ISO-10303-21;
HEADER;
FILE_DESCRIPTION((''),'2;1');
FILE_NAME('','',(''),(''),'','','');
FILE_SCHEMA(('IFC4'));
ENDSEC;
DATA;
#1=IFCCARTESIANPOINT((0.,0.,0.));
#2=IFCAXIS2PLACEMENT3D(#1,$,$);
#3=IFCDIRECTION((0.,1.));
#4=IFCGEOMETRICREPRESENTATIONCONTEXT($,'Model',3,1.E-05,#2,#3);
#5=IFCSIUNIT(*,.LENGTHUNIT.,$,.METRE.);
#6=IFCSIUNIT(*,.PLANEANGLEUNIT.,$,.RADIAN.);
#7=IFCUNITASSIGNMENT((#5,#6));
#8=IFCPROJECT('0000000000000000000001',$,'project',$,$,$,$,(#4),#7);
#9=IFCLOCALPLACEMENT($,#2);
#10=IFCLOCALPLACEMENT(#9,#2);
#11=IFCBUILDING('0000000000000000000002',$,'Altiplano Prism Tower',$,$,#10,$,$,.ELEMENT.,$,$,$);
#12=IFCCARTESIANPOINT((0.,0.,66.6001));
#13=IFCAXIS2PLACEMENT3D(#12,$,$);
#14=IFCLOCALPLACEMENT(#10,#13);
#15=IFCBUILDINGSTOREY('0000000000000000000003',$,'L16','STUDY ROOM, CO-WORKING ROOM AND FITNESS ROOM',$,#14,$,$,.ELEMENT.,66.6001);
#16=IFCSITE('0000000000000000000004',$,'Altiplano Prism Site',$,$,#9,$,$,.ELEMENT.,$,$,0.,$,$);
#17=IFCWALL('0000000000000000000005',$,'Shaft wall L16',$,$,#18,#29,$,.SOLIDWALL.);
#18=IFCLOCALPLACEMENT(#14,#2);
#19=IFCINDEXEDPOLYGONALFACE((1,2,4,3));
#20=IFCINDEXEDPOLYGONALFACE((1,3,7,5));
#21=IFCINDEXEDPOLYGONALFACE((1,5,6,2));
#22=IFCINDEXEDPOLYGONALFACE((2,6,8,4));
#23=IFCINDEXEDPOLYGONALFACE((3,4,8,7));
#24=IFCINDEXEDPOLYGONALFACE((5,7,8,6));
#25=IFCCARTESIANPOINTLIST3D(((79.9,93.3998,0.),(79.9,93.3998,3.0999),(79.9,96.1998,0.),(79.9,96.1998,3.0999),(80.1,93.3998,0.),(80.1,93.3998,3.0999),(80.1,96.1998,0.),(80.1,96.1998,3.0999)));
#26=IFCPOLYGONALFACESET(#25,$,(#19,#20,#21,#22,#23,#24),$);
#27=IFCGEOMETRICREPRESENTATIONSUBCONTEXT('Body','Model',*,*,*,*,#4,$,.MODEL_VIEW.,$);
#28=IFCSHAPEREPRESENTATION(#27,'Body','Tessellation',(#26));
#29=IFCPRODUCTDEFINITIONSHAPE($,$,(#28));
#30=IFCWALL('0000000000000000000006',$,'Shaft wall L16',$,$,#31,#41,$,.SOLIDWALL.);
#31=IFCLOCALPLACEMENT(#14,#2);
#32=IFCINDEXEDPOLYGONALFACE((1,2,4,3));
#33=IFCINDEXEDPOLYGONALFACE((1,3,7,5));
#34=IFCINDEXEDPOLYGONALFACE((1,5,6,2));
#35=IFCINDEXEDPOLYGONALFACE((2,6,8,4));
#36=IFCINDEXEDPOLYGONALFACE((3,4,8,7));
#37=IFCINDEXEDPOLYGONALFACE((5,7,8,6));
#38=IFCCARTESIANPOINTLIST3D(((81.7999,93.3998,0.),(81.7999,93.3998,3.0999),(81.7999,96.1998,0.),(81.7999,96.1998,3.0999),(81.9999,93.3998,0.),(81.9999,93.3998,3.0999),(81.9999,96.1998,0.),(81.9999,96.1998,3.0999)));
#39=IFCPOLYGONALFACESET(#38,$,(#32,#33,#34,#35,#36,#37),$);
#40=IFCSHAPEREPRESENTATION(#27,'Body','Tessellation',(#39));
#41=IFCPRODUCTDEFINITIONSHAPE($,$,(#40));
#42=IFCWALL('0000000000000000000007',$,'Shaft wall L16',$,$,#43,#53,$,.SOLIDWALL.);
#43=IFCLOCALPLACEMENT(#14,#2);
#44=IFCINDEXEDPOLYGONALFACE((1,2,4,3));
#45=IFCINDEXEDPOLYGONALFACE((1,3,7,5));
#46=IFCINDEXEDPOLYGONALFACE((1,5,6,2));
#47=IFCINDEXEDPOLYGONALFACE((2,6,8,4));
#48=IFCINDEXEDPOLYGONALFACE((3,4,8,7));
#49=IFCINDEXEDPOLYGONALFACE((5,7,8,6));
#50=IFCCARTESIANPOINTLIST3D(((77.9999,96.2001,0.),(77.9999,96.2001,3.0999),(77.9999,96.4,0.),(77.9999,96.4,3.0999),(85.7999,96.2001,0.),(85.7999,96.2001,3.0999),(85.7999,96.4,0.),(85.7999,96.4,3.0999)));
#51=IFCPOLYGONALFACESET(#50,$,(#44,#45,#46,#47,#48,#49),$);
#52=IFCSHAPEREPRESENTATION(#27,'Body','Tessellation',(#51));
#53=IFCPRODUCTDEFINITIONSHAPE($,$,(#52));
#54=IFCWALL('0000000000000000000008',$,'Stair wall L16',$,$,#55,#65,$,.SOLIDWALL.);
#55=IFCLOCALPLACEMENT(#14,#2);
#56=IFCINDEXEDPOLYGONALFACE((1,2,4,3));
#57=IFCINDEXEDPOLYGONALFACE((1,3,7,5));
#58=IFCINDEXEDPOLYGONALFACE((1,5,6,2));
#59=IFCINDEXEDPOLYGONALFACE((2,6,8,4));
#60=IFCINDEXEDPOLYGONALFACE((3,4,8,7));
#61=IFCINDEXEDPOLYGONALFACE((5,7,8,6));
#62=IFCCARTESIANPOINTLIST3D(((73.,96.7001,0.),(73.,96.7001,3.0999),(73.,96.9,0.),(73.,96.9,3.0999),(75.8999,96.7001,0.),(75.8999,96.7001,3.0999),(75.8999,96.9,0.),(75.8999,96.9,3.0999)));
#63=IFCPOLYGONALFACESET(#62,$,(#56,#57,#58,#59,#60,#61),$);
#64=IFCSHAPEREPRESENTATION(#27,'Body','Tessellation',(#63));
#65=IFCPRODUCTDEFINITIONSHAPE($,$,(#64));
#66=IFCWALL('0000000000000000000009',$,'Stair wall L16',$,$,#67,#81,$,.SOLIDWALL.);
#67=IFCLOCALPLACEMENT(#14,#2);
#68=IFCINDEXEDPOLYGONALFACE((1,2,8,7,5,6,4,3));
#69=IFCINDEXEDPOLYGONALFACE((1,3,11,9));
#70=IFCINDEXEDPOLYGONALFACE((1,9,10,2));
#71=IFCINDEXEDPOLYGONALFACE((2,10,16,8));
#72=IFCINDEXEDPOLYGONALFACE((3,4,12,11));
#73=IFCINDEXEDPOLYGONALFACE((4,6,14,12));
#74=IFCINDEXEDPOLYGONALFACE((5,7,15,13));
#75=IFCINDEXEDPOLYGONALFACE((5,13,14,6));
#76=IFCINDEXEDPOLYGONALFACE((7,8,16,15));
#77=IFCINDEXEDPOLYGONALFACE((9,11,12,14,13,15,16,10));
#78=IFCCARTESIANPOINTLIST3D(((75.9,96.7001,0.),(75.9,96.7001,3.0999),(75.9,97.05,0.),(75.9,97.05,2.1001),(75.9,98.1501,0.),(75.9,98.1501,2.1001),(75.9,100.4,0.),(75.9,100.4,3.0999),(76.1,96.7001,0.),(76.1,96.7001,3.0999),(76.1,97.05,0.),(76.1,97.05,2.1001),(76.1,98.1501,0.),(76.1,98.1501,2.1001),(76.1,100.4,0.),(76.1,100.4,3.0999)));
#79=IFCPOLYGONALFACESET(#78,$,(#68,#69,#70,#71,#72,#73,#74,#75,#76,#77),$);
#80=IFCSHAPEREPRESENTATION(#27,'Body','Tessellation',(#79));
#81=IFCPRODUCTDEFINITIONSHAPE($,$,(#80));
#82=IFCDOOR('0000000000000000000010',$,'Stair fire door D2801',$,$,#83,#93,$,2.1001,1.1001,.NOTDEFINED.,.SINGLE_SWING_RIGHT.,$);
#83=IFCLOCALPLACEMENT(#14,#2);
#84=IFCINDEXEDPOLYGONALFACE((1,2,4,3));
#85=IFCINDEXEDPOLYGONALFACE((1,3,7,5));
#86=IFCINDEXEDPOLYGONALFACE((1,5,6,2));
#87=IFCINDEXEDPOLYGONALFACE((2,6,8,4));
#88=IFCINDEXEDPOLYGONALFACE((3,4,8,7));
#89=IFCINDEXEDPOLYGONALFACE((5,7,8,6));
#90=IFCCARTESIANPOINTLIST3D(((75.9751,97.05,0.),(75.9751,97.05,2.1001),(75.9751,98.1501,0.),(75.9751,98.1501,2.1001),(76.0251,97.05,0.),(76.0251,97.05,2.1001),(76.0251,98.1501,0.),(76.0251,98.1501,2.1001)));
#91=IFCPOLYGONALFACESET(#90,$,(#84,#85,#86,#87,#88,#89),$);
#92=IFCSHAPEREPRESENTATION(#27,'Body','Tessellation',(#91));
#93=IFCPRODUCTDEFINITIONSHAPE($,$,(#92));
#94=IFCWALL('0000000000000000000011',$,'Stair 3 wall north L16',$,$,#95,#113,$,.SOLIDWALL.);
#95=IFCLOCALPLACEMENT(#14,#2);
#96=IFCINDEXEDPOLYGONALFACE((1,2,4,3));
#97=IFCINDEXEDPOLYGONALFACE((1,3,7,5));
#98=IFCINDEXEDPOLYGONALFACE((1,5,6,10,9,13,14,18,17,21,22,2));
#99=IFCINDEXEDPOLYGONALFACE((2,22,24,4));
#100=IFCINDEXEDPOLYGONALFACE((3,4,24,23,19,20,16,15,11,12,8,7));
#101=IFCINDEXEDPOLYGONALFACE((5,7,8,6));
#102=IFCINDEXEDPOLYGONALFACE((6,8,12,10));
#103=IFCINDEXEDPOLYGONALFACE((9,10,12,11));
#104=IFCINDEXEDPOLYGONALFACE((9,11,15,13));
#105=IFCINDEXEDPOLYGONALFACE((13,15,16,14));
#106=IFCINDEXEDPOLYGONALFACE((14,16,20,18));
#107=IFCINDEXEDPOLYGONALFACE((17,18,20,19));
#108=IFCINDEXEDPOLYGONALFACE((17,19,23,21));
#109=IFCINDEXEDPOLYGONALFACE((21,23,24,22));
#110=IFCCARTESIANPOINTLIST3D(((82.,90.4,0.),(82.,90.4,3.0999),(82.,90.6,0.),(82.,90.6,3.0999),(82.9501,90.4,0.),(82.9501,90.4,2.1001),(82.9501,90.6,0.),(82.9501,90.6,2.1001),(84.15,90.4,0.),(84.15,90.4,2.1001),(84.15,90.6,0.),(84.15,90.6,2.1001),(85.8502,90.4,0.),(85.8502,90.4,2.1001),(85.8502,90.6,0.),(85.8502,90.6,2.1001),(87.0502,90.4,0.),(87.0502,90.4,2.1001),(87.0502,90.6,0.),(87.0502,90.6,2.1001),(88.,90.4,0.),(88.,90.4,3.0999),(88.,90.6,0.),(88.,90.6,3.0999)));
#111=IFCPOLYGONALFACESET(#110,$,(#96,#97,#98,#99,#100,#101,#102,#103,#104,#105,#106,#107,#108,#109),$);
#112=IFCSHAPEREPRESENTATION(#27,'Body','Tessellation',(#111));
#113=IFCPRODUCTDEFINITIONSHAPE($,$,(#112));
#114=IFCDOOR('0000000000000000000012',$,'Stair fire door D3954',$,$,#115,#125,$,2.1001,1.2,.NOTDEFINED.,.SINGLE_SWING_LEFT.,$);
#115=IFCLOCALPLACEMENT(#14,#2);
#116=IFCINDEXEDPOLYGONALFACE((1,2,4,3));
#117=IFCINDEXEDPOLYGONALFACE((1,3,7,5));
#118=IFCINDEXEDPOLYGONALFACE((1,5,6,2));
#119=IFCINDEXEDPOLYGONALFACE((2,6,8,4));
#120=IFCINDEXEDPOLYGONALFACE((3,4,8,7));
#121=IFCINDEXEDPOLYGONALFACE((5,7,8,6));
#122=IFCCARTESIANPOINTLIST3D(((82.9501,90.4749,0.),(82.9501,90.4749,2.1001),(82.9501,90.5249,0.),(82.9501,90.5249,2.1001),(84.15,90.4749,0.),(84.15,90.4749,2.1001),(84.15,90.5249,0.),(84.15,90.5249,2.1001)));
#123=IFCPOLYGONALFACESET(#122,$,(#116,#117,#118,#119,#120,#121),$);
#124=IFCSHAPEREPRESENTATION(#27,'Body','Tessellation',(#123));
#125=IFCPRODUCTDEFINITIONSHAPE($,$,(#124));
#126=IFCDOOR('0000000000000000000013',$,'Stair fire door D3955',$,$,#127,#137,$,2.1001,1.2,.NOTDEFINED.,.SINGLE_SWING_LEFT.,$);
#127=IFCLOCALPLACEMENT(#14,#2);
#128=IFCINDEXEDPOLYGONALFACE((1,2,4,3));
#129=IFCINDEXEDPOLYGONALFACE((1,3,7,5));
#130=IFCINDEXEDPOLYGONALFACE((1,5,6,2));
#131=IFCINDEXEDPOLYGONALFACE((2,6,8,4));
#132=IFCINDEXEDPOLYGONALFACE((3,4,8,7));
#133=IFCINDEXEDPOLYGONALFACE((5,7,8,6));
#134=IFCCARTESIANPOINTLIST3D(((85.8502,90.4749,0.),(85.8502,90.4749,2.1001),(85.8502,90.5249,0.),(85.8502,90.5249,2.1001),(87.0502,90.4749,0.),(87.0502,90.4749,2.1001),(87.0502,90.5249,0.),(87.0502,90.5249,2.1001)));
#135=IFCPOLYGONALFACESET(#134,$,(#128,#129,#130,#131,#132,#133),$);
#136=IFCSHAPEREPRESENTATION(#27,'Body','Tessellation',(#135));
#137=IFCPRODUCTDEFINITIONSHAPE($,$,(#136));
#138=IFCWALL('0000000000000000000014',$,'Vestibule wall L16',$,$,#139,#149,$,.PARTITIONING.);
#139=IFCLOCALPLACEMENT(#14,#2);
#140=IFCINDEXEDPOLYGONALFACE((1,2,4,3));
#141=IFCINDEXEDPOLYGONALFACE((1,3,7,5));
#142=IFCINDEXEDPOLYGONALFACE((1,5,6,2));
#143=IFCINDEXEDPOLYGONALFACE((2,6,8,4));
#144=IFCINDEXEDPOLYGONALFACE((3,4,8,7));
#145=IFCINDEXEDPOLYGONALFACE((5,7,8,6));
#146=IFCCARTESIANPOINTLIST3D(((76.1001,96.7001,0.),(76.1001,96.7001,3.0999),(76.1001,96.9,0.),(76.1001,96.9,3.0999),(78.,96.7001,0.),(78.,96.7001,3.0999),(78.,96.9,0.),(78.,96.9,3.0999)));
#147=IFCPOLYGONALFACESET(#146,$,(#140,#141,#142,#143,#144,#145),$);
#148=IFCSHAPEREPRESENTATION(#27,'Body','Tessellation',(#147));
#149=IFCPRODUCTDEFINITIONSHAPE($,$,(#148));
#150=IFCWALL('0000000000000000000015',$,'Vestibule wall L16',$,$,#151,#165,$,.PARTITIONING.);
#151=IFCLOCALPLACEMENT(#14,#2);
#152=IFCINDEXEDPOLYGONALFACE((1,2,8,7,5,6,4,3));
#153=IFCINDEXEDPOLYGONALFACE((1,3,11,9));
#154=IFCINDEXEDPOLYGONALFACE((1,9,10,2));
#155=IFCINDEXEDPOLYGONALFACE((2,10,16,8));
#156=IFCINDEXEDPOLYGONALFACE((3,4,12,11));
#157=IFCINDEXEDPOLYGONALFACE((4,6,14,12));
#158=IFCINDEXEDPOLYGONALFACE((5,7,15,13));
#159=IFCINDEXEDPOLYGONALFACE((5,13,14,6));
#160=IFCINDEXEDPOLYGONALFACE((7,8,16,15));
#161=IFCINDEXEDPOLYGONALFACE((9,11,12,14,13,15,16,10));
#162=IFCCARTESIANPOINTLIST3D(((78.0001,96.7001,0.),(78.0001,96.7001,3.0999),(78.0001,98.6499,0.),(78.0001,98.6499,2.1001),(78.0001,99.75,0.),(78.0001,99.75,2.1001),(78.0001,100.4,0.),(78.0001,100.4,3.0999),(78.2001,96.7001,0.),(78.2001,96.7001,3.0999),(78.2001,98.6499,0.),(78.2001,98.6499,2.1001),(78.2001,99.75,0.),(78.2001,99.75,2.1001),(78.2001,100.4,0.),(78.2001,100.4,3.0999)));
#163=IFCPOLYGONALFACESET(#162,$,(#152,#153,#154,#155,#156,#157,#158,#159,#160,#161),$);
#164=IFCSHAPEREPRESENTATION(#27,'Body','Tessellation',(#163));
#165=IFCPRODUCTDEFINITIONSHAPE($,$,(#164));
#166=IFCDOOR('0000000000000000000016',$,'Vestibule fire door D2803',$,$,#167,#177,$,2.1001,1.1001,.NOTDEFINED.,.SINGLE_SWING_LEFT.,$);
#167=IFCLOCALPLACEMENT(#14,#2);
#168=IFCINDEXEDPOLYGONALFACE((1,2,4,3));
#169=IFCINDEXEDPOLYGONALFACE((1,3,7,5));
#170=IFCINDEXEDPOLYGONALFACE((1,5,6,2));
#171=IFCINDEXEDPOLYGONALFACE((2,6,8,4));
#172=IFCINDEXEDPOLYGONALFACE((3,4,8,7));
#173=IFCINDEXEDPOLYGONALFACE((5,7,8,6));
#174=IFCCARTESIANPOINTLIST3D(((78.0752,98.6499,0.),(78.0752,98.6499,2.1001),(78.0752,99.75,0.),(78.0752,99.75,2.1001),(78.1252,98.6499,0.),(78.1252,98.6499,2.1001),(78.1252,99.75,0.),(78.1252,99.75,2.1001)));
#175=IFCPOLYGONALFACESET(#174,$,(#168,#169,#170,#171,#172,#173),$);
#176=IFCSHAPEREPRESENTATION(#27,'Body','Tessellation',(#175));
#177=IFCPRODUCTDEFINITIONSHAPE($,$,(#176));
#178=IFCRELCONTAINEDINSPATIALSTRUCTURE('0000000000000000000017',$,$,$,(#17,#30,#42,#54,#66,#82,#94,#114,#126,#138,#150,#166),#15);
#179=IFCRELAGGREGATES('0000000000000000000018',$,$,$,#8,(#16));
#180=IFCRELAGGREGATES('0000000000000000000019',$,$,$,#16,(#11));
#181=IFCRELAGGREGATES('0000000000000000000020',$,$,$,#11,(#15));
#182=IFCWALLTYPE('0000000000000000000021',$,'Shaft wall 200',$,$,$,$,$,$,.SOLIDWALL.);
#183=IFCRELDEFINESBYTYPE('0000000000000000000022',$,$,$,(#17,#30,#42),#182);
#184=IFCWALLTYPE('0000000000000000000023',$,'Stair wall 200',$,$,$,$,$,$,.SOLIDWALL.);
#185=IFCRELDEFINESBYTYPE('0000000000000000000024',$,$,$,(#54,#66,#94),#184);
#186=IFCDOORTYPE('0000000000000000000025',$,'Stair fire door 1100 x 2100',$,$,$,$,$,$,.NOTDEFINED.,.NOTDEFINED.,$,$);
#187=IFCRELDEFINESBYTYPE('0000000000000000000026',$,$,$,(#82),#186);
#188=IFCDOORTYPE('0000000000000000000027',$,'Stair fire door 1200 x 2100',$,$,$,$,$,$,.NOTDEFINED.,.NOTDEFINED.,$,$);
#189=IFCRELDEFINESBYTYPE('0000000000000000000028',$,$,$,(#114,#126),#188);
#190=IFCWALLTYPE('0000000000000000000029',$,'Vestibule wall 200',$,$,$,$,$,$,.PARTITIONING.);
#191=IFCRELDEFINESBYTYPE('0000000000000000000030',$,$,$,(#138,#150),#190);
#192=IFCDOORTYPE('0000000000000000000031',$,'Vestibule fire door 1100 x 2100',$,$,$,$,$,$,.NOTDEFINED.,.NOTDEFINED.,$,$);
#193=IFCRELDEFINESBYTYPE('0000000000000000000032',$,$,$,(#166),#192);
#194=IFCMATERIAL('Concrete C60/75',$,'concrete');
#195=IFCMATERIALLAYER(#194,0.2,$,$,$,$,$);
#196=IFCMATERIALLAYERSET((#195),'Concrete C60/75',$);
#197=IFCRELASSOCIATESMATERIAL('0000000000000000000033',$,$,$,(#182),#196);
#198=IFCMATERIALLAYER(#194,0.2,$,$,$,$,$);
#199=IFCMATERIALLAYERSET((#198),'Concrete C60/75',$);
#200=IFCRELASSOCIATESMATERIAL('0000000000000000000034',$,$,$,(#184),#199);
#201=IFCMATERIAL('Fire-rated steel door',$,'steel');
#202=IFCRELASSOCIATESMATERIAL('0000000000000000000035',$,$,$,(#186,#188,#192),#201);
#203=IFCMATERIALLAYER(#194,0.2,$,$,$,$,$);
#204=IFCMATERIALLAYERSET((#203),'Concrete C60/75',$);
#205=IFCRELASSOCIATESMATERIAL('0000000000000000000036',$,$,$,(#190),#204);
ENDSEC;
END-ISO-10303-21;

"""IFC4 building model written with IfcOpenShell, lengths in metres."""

from ifc_helpers import new_model, si_unit, direction, frame, frame_2d, origin, place, context, subcontext, project, spatial, rectangle, extrude, material, layer, layer_set, type_object, element, fill, save


model = new_model("IFC4")

# Units and contexts
model_context = context("Model", 3, precision=1e-05, world=origin(), true_north=direction((0.0, 1.0)))
body_context = subcontext(model_context, "Body", "Model", "MODEL_VIEW")
ifc_project = project(units=[si_unit("LENGTHUNIT", "METRE"), si_unit("PLANEANGLEUNIT", "RADIAN")], contexts=[model_context])

# Site, building, storey
site_placement = place(None, origin())
site = spatial("IfcSite", under=ifc_project, at=site_placement, Name="Altiplano Prism Site", CompositionType="ELEMENT", RefElevation=0.0)
building_placement = place(site_placement, origin())
building = spatial("IfcBuilding", under=site, at=building_placement, Name="Altiplano Prism Tower", CompositionType="ELEMENT")
storey_placement = place(building_placement, frame((0.0, 0.0, 66.6001)))
storey = spatial("IfcBuildingStorey", under=building, at=storey_placement, Name="L16", Description="STUDY ROOM, CO-WORKING ROOM AND FITNESS ROOM", CompositionType="ELEMENT", Elevation=66.6001)

# Shared definitions
ifc_material_1 = material(Name="Fire-rated steel door", Category="steel")

# Walls
ifc_material_2 = material(Name="Concrete C60/75", Category="concrete")
ifc_layer_1 = layer(ifc_material_2, 0.2)
ifc_layer_set_1 = layer_set([ifc_layer_1], Name="Concrete C60/75")
wall_type_1 = type_object("IfcWallType", Name="Shaft wall 200", PredefinedType="SOLIDWALL", material=ifc_layer_set_1)
for number, where, z_axis, x_axis, name in (
    (1, (80.0, 93.3999, 0.0), (0.0, 0.0, 1.0), (0.0, 1.0, 0.0), "Shaft wall L16"),
    (2, (81.8999, 93.3999, 0.0), (0.0, 0.0, 1.0), (0.0, 1.0, 0.0), "Shaft wall L16"),
):
    element("IfcWall", number, at=place(storey_placement, frame(where, z_axis=z_axis, x_axis=x_axis)), inside=storey, type_object=wall_type_1, Name=name, PredefinedType="SOLIDWALL", context=body_context, shape_type="SweptSolid", body=[
        extrude(rectangle(XDim=2.8, YDim=0.2, at=frame_2d((1.3999, 0.0))), origin(), (0.0, 0.0, 1.0), 3.0999),
    ])
wall_1_placement = place(storey_placement, frame((78.0, 96.3, 0.0), z_axis=(0.0, 0.0, 1.0), x_axis=(1.0, 0.0, 0.0)))
element("IfcWall", 3, at=wall_1_placement, inside=storey, type_object=wall_type_1, Name="Shaft wall L16", PredefinedType="SOLIDWALL", context=body_context, shape_type="SweptSolid", body=[
    extrude(rectangle(XDim=7.8, YDim=0.2, at=frame_2d((3.8999, 0.0))), origin(), (0.0, 0.0, 1.0), 3.0999),
])
ifc_layer_2 = layer(ifc_material_2, 0.2)
ifc_layer_set_2 = layer_set([ifc_layer_2], Name="Concrete C60/75")
wall_type_2 = type_object("IfcWallType", Name="Stair wall 200", PredefinedType="SOLIDWALL", material=ifc_layer_set_2)
wall_2_placement = place(storey_placement, frame((73.0, 96.8, 0.0), z_axis=(0.0, 0.0, 1.0), x_axis=(1.0, 0.0, 0.0)))
element("IfcWall", 4, at=wall_2_placement, inside=storey, type_object=wall_type_2, Name="Stair wall L16", PredefinedType="SOLIDWALL", context=body_context, shape_type="SweptSolid", body=[
    extrude(rectangle(XDim=2.8999, YDim=0.2, at=frame_2d((1.45, 0.0))), origin(), (0.0, 0.0, 1.0), 3.0999),
])

# Wall, opening, door
wall_3_placement = place(storey_placement, frame((76.0, 96.7, 0.0), z_axis=(0.0, 0.0, 1.0), x_axis=(0.0, 1.0, 0.0)))
wall_3 = element("IfcWall", 5, at=wall_3_placement, inside=storey, type_object=wall_type_2, Name="Stair wall L16", PredefinedType="SOLIDWALL", context=body_context, shape_type="SweptSolid", body=[
    extrude(rectangle(XDim=3.7, YDim=0.2, at=frame_2d((1.8501, 0.0))), origin(), (0.0, 0.0, 1.0), 3.0999),
])
opening_1_placement = place(wall_3_placement, frame((0.3501, 0.0, 0.0)))
opening_1 = element("IfcOpeningElement", 6, at=opening_1_placement, cuts=wall_3, PredefinedType="OPENING", context=body_context, shape_type="SweptSolid", body=[
    extrude(rectangle(XDim=1.1001, YDim=2.1001, at=frame_2d((0.55, 1.05))), frame((0.0, 0.1104, 0.0), z_axis=(0.0, -1.0, 0.0), x_axis=(1.0, 0.0, 0.0)), (0.0, 0.0, 1.0), 0.2209),
])
door_type_1 = type_object("IfcDoorType", Name="Stair fire door 1100 x 2100", OperationType="NOTDEFINED", PredefinedType="NOTDEFINED", material=ifc_material_1)
door_1_placement = place(opening_1_placement, origin())
door_1 = element("IfcDoor", 7, at=door_1_placement, inside=storey, type_object=door_type_1, Name="Stair fire door D2801", OperationType="SINGLE_SWING_RIGHT", OverallHeight=2.1001, OverallWidth=1.1001, PredefinedType="NOTDEFINED", context=body_context, shape_type="SweptSolid", body=[
    extrude(rectangle(XDim=1.1001, YDim=2.1001, at=frame_2d((0.55, 1.05))), frame((0.0, 0.0249, 0.0), z_axis=(0.0, -1.0, 0.0), x_axis=(1.0, 0.0, 0.0)), (0.0, 0.0, 1.0), 0.05),
])
fill(opening_1, door_1)

# Wall, openings, doors
wall_4_placement = place(storey_placement, frame((82.0, 90.5, 0.0), z_axis=(0.0, 0.0, 1.0), x_axis=(1.0, 0.0, 0.0)))
wall_4 = element("IfcWall", 8, at=wall_4_placement, inside=storey, type_object=wall_type_2, Name="Stair 3 wall north L16", PredefinedType="SOLIDWALL", context=body_context, shape_type="SweptSolid", body=[
    extrude(rectangle(XDim=6.0, YDim=0.2, at=frame_2d((3.0, 0.0))), origin(), (0.0, 0.0, 1.0), 3.0999),
])
opening_2_placement = place(wall_4_placement, frame((0.95, 0.0, 0.0)))
opening_2 = element("IfcOpeningElement", 9, at=opening_2_placement, cuts=wall_4, PredefinedType="OPENING", context=body_context, shape_type="SweptSolid", body=[
    extrude(rectangle(XDim=1.2, YDim=2.1001, at=frame_2d((0.6001, 1.05))), frame((0.0, 0.1104, 0.0), z_axis=(0.0, -1.0, 0.0), x_axis=(1.0, 0.0, 0.0)), (0.0, 0.0, 1.0), 0.2209),
])
opening_3_placement = place(wall_4_placement, frame((3.8501, 0.0, 0.0)))
opening_3 = element("IfcOpeningElement", 10, at=opening_3_placement, cuts=wall_4, PredefinedType="OPENING", context=body_context, shape_type="SweptSolid", body=[
    extrude(rectangle(XDim=1.2, YDim=2.1001, at=frame_2d((0.6001, 1.05))), frame((0.0, 0.1104, 0.0), z_axis=(0.0, -1.0, 0.0), x_axis=(1.0, 0.0, 0.0)), (0.0, 0.0, 1.0), 0.2209),
])
door_type_2 = type_object("IfcDoorType", Name="Stair fire door 1200 x 2100", OperationType="NOTDEFINED", PredefinedType="NOTDEFINED", material=ifc_material_1)
door_2_placement = place(opening_2_placement, origin())
door_2 = element("IfcDoor", 11, at=door_2_placement, inside=storey, type_object=door_type_2, Name="Stair fire door D3954", OperationType="SINGLE_SWING_LEFT", OverallHeight=2.1001, OverallWidth=1.2, PredefinedType="NOTDEFINED", context=body_context, shape_type="SweptSolid", body=[
    extrude(rectangle(XDim=1.2, YDim=2.1001, at=frame_2d((0.6001, 1.05))), frame((0.0, 0.0249, 0.0), z_axis=(0.0, -1.0, 0.0), x_axis=(1.0, 0.0, 0.0)), (0.0, 0.0, 1.0), 0.05),
])
fill(opening_2, door_2)
door_3_placement = place(opening_3_placement, origin())
door_3 = element("IfcDoor", 12, at=door_3_placement, inside=storey, type_object=door_type_2, Name="Stair fire door D3955", OperationType="SINGLE_SWING_LEFT", OverallHeight=2.1001, OverallWidth=1.2, PredefinedType="NOTDEFINED", context=body_context, shape_type="SweptSolid", body=[
    extrude(rectangle(XDim=1.2, YDim=2.1001, at=frame_2d((0.6001, 1.05))), frame((0.0, 0.0249, 0.0), z_axis=(0.0, -1.0, 0.0), x_axis=(1.0, 0.0, 0.0)), (0.0, 0.0, 1.0), 0.05),
])
fill(opening_3, door_3)

# Wall
ifc_layer_3 = layer(ifc_material_2, 0.2)
ifc_layer_set_3 = layer_set([ifc_layer_3], Name="Concrete C60/75")
wall_type_3 = type_object("IfcWallType", Name="Vestibule wall 200", PredefinedType="PARTITIONING", material=ifc_layer_set_3)
wall_5_placement = place(storey_placement, frame((76.1001, 96.8, 0.0), z_axis=(0.0, 0.0, 1.0), x_axis=(1.0, 0.0, 0.0)))
element("IfcWall", 13, at=wall_5_placement, inside=storey, type_object=wall_type_3, Name="Vestibule wall L16", PredefinedType="PARTITIONING", context=body_context, shape_type="SweptSolid", body=[
    extrude(rectangle(XDim=1.8999, YDim=0.2, at=frame_2d((0.95, 0.0))), origin(), (0.0, 0.0, 1.0), 3.0999),
])

# Wall, opening, door
wall_6_placement = place(storey_placement, frame((78.1001, 96.7, 0.0), z_axis=(0.0, 0.0, 1.0), x_axis=(0.0, 1.0, 0.0)))
wall_6 = element("IfcWall", 14, at=wall_6_placement, inside=storey, type_object=wall_type_3, Name="Vestibule wall L16", PredefinedType="PARTITIONING", context=body_context, shape_type="SweptSolid", body=[
    extrude(rectangle(XDim=3.7, YDim=0.2, at=frame_2d((1.8501, 0.0))), origin(), (0.0, 0.0, 1.0), 3.0999),
])
opening_4_placement = place(wall_6_placement, frame((1.95, 0.0, 0.0)))
opening_4 = element("IfcOpeningElement", 15, at=opening_4_placement, cuts=wall_6, PredefinedType="OPENING", context=body_context, shape_type="SweptSolid", body=[
    extrude(rectangle(XDim=1.1001, YDim=2.1001, at=frame_2d((0.55, 1.05))), frame((0.0, 0.1104, 0.0), z_axis=(0.0, -1.0, 0.0), x_axis=(1.0, 0.0, 0.0)), (0.0, 0.0, 1.0), 0.2209),
])
door_type_3 = type_object("IfcDoorType", Name="Vestibule fire door 1100 x 2100", OperationType="NOTDEFINED", PredefinedType="NOTDEFINED", material=ifc_material_1)
door_4_placement = place(opening_4_placement, origin())
door_4 = element("IfcDoor", 16, at=door_4_placement, inside=storey, type_object=door_type_3, Name="Vestibule fire door D2803", OperationType="SINGLE_SWING_LEFT", OverallHeight=2.1001, OverallWidth=1.1001, PredefinedType="NOTDEFINED", context=body_context, shape_type="SweptSolid", body=[
    extrude(rectangle(XDim=1.1001, YDim=2.1001, at=frame_2d((0.55, 1.05))), frame((0.0, 0.0249, 0.0), z_axis=(0.0, -1.0, 0.0), x_axis=(1.0, 0.0, 0.0)), (0.0, 0.0, 1.0), 0.05),
])
fill(opening_4, door_4)

save(model, "model.ifc")
